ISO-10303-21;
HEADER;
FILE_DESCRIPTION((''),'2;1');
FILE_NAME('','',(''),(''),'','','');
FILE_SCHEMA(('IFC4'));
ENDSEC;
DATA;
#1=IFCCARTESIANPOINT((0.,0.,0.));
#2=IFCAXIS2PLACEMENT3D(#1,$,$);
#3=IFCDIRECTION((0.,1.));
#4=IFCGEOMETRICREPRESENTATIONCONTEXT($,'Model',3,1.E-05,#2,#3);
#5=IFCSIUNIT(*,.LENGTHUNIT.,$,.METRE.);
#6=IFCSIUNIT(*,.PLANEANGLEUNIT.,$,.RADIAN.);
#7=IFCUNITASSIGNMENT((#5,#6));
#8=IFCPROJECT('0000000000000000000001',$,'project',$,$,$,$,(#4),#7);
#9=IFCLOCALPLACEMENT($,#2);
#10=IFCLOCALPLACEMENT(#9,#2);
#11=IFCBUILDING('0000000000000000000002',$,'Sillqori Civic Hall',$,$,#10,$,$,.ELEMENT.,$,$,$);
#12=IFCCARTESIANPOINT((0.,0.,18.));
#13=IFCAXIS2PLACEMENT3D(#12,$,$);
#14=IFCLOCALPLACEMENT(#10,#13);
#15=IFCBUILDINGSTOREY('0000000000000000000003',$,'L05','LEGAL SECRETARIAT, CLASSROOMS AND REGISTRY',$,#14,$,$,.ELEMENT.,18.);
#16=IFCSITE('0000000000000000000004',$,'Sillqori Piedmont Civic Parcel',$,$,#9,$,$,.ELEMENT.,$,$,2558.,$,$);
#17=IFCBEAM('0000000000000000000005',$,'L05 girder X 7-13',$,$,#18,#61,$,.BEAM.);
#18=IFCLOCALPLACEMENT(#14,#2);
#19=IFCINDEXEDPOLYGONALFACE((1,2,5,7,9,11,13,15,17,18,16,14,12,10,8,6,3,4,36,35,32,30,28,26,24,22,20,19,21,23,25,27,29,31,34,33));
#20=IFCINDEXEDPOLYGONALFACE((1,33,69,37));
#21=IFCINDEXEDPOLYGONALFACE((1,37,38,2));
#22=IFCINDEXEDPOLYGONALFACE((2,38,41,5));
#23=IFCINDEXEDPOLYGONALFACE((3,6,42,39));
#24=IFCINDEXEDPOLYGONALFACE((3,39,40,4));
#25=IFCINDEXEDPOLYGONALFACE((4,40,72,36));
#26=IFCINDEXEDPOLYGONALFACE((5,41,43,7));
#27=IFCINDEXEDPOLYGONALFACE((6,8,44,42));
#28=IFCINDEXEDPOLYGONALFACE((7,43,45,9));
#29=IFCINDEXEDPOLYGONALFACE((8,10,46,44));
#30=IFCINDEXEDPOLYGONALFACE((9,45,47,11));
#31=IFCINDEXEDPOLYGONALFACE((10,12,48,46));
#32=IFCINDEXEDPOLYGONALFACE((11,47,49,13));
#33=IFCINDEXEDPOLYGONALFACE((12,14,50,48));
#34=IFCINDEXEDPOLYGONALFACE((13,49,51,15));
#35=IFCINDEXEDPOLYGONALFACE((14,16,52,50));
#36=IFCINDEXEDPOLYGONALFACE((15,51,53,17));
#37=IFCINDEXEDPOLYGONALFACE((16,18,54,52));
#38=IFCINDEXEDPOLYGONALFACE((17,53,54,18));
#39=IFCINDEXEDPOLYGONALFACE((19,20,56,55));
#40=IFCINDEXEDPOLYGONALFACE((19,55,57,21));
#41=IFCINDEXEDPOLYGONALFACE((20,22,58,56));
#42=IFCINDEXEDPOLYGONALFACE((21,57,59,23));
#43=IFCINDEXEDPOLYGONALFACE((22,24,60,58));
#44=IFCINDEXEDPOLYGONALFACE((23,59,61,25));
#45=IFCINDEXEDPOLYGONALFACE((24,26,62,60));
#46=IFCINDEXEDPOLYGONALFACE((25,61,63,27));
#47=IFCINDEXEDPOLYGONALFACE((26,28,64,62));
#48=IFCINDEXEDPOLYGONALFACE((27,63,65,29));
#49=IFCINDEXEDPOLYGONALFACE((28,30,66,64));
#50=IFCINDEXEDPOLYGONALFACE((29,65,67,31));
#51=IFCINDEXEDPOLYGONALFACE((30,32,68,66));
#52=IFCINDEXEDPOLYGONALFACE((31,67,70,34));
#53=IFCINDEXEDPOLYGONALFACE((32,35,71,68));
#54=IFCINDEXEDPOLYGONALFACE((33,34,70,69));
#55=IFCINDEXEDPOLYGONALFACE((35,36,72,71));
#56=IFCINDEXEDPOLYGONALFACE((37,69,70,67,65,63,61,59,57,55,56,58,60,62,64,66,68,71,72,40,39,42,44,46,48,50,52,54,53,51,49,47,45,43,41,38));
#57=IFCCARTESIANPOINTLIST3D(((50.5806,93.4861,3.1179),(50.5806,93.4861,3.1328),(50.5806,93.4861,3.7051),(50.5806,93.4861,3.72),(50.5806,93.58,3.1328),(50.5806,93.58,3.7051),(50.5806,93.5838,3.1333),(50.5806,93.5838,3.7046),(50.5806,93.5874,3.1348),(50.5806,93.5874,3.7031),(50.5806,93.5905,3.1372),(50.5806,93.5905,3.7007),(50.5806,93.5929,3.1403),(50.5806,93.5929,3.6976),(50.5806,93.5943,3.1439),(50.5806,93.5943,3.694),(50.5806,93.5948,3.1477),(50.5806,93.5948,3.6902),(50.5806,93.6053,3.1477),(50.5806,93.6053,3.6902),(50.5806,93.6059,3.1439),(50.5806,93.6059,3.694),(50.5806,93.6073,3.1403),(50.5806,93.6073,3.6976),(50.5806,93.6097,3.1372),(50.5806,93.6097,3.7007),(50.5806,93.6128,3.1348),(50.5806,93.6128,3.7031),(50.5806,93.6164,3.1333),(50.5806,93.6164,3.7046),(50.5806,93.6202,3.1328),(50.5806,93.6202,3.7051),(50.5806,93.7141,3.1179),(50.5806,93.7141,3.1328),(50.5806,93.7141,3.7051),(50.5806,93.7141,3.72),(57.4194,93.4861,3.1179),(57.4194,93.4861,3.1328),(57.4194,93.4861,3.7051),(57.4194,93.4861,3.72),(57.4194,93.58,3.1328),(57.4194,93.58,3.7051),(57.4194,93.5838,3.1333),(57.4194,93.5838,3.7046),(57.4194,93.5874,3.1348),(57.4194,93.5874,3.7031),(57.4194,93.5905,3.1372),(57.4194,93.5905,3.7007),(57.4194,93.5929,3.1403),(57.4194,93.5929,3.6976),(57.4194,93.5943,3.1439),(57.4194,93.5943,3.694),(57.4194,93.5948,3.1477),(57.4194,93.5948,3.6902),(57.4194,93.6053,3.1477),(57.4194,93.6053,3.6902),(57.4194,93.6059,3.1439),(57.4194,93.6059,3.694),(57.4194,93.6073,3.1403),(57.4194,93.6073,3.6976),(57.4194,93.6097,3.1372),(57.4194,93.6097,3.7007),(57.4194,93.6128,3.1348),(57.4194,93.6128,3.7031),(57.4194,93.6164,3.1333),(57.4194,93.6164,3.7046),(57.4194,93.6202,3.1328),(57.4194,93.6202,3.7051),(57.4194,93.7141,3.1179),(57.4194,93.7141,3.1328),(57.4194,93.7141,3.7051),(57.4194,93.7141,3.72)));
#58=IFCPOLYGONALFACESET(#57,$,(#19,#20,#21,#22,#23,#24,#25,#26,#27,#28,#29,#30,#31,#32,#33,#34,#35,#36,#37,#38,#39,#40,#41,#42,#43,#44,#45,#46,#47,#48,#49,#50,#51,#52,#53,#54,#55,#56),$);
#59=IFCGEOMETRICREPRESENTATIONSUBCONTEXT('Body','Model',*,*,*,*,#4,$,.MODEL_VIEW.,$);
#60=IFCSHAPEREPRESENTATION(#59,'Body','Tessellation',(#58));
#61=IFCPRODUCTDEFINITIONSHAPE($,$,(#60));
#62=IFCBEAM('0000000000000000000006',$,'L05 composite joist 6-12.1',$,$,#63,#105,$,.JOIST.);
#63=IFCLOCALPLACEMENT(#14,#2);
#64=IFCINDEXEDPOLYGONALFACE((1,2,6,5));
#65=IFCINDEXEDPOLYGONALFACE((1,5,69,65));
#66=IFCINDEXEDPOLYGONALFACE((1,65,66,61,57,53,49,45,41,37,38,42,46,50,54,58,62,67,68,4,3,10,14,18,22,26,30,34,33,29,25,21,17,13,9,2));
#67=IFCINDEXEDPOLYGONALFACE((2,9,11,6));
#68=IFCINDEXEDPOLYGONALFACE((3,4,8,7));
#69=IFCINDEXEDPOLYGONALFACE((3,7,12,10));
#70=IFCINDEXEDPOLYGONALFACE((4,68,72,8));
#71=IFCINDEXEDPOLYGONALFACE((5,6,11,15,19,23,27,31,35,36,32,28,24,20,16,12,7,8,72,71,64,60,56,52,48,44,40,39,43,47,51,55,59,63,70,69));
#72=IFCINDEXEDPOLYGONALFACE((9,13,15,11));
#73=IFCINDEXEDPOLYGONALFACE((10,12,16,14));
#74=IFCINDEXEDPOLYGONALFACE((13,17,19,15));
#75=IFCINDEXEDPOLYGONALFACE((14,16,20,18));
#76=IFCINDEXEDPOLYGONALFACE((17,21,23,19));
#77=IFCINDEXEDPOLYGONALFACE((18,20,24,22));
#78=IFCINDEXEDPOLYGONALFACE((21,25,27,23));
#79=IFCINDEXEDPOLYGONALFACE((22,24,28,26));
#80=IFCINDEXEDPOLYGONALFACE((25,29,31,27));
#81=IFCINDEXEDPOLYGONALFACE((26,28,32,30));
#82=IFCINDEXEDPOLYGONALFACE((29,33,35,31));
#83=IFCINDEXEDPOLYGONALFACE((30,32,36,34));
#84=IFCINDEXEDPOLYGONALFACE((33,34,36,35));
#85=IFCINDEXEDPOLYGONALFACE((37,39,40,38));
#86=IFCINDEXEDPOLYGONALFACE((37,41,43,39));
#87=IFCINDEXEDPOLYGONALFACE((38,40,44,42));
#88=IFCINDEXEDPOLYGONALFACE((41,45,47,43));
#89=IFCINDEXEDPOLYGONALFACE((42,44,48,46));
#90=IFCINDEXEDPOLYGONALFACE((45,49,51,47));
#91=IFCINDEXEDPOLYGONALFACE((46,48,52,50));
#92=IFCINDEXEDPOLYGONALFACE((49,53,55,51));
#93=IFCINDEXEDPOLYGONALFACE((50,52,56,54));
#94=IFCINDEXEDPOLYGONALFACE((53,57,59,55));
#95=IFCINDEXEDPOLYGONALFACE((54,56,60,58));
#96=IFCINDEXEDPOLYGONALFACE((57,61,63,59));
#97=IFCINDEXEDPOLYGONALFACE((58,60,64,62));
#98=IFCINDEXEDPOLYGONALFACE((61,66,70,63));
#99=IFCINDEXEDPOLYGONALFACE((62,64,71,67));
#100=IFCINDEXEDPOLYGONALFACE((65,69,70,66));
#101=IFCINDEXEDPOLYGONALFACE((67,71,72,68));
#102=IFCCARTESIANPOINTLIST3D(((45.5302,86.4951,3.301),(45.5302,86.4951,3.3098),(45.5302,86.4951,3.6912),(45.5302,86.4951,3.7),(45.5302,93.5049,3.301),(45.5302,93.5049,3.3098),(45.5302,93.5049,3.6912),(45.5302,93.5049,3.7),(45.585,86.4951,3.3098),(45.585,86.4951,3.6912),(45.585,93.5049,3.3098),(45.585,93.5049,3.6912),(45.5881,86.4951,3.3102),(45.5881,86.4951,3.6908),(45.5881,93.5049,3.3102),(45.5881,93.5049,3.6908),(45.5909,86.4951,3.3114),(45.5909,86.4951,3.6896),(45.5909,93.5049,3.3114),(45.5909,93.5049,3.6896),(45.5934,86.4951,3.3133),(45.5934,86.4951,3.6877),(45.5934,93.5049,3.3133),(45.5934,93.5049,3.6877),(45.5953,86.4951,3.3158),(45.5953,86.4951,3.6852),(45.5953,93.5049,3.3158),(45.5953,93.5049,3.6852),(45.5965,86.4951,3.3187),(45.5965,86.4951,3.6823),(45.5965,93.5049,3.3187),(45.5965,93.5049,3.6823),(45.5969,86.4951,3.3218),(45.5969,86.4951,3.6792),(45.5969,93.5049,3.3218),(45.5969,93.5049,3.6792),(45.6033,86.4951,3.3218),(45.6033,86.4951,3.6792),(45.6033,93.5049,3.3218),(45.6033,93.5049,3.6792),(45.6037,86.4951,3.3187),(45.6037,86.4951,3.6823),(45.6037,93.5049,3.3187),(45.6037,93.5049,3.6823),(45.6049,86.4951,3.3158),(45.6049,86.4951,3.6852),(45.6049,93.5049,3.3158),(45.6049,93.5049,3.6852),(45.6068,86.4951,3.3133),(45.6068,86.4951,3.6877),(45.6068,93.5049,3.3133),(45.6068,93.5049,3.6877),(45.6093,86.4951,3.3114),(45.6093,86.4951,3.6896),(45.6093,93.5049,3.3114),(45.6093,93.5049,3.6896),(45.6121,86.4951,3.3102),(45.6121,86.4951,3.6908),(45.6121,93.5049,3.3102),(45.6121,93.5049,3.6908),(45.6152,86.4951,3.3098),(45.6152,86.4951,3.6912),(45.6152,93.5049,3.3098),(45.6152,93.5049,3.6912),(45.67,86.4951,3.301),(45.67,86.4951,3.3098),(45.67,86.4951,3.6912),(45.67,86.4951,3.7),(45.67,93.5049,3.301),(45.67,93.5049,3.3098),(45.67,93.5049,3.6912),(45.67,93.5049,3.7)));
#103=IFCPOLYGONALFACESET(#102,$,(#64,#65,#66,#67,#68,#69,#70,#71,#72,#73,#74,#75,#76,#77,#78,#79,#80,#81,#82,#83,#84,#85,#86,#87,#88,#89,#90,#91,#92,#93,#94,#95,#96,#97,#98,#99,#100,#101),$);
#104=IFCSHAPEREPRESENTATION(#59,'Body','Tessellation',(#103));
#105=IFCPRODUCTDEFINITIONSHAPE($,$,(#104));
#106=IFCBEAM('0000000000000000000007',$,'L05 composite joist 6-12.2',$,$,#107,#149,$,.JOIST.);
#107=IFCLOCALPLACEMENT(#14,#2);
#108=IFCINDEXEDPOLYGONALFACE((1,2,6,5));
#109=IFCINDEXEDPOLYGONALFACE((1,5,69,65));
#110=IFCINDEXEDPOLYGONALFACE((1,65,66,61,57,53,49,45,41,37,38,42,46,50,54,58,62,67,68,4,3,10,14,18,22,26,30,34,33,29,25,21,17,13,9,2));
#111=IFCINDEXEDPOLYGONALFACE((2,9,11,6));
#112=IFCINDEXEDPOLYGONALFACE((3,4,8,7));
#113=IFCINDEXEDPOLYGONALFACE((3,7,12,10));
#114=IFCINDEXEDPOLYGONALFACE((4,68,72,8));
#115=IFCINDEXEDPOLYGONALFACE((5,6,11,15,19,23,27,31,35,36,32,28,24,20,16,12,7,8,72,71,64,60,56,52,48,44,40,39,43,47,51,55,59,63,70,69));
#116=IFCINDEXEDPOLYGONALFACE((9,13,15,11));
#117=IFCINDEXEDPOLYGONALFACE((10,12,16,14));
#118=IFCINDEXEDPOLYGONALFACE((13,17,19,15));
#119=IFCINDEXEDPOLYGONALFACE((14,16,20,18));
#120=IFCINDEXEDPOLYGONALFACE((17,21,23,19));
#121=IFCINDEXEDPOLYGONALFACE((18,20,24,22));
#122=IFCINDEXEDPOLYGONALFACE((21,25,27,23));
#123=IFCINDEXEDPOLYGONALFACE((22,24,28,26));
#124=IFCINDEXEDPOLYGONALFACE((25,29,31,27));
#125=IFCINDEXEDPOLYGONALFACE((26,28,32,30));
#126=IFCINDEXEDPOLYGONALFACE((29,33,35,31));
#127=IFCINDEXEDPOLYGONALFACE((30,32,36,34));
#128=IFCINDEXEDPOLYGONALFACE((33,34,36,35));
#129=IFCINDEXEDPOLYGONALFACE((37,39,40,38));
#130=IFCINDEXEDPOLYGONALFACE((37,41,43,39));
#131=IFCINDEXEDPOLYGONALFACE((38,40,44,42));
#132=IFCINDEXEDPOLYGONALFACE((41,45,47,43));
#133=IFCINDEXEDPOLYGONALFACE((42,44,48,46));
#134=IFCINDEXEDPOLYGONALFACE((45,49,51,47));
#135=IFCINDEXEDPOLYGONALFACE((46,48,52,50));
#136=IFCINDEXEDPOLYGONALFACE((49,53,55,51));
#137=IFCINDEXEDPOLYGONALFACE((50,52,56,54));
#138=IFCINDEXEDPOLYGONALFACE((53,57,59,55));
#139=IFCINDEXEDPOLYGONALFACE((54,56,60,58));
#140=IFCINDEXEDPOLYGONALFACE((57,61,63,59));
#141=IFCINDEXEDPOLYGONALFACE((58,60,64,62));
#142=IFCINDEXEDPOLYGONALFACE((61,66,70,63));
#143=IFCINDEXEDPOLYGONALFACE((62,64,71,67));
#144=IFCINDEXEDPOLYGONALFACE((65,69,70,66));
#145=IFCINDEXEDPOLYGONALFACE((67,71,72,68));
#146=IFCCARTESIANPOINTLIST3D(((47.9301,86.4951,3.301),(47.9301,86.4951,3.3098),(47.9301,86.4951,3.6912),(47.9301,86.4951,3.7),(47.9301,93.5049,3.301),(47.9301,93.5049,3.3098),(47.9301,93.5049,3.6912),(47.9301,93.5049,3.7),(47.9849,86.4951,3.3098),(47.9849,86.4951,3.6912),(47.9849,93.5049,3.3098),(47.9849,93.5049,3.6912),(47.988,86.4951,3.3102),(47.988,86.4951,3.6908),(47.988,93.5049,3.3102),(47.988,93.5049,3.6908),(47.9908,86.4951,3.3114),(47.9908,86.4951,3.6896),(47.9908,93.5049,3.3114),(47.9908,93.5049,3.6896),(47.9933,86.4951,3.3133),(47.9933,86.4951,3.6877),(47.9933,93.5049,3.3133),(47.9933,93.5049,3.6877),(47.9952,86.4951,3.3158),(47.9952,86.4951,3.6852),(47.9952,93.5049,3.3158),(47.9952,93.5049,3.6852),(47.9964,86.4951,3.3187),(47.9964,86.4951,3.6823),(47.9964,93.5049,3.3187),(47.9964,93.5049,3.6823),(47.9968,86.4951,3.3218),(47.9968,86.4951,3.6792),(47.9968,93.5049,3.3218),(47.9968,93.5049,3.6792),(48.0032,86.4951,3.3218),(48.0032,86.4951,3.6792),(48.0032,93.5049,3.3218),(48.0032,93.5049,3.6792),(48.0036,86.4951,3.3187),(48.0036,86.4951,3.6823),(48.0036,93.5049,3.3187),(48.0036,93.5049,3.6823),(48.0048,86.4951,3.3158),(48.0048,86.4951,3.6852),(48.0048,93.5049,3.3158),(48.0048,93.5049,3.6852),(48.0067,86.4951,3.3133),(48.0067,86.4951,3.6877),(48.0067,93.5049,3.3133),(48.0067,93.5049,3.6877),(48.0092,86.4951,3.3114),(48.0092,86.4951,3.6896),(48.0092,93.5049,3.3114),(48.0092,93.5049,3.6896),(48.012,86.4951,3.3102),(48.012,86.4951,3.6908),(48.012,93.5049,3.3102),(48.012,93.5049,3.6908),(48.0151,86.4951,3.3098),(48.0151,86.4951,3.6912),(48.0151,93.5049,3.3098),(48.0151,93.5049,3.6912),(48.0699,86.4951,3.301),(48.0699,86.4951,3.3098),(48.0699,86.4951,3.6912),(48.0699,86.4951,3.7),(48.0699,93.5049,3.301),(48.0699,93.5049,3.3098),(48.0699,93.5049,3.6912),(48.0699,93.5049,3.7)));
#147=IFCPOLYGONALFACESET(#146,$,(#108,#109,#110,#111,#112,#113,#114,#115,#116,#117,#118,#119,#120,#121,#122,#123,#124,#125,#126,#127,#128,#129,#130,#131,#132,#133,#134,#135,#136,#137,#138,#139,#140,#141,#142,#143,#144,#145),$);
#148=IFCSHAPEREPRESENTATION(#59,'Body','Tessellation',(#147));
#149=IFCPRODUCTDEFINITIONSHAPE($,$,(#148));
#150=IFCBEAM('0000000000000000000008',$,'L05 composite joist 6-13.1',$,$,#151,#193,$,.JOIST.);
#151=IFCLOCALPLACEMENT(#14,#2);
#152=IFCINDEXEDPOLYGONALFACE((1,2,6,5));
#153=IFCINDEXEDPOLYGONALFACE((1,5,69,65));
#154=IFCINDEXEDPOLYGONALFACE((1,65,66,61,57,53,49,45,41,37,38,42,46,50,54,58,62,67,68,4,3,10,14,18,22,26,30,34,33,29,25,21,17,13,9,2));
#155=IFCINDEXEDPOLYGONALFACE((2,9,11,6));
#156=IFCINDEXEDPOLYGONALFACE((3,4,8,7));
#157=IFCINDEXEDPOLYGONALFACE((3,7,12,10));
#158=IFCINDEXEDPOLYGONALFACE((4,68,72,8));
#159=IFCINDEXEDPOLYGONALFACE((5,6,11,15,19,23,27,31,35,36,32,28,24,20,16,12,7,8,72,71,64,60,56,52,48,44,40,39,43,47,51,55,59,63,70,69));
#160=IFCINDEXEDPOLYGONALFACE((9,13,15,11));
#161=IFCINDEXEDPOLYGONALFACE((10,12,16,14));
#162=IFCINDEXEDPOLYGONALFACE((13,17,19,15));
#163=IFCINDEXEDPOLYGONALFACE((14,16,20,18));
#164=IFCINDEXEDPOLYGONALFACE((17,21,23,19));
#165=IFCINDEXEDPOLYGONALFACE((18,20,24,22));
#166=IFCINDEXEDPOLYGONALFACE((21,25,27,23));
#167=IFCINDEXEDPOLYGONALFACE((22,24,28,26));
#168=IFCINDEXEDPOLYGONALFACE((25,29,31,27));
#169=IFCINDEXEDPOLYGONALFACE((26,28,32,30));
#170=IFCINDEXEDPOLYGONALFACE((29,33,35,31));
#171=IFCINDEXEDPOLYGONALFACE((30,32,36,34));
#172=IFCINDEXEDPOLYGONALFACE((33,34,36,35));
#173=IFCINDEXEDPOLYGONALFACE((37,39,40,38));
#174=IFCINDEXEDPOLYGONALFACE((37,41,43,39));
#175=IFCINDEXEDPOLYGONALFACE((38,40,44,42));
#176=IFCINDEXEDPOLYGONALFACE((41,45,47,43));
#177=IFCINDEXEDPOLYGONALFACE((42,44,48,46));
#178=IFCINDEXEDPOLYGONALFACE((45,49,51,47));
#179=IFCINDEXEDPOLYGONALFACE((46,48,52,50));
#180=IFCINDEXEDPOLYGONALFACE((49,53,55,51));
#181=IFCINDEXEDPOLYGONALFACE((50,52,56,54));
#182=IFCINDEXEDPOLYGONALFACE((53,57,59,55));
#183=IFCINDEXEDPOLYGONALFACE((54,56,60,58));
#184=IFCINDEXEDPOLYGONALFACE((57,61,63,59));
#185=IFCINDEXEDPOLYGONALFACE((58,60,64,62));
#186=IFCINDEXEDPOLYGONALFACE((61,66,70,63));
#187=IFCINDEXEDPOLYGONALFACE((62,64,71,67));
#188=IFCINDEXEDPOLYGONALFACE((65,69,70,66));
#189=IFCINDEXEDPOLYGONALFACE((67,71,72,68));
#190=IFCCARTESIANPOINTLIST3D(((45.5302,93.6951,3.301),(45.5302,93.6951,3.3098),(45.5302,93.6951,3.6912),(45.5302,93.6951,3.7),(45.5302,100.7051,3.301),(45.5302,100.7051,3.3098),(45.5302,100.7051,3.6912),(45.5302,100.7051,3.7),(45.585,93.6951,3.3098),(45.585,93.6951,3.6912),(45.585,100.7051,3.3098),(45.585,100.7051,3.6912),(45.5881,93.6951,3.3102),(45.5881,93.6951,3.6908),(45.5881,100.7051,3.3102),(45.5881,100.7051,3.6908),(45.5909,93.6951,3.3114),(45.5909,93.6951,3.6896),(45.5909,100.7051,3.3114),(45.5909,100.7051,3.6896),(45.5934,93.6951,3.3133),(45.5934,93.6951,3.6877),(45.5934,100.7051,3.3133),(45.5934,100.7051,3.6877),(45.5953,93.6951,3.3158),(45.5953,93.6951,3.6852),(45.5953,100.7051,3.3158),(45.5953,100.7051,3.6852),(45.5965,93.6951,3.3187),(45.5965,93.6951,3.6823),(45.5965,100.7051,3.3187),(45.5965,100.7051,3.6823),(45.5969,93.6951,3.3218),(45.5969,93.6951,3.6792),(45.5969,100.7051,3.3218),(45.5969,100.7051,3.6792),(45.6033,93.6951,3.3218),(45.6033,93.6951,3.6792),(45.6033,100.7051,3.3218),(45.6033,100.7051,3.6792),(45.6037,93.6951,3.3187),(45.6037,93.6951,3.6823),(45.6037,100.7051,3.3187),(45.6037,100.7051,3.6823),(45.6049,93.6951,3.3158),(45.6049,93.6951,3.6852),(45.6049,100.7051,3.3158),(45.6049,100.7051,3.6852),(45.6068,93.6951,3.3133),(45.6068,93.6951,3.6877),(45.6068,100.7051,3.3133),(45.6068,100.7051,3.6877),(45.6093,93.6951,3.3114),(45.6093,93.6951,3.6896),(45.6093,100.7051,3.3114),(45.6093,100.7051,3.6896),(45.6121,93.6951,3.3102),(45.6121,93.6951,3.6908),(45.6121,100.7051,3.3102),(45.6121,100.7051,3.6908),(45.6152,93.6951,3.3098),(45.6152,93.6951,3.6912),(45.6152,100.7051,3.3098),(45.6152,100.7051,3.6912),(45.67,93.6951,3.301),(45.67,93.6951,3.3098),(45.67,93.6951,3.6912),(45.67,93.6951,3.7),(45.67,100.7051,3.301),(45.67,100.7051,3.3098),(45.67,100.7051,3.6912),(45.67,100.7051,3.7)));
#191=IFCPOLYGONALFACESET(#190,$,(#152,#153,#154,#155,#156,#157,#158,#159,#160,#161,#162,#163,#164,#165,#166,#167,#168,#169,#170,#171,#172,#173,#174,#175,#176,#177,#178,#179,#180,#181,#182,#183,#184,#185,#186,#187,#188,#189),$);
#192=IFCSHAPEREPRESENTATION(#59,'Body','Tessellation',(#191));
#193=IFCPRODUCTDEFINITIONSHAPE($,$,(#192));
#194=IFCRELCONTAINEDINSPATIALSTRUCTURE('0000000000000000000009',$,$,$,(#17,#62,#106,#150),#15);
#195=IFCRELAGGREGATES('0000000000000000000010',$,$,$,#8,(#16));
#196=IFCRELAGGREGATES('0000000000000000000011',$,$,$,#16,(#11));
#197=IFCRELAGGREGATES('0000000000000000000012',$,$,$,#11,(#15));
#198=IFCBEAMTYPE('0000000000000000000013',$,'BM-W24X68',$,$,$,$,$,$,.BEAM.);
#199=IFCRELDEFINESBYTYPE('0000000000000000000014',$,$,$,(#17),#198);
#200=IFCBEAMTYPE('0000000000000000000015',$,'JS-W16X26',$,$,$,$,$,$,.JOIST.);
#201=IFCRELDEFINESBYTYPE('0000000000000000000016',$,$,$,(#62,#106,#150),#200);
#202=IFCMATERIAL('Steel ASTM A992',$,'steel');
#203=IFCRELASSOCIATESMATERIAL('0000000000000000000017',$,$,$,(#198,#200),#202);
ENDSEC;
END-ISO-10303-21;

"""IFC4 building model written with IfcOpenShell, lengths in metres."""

from ifc_helpers import new_model, si_unit, direction, frame, origin, origin_2d, place, context, subcontext, project, spatial, i_section, extrude, material, material_profile, profile_set, type_object, element, save


model = new_model("IFC4")

# Units and contexts
model_context = context("Model", 3, precision=1e-05, world=origin(), true_north=direction((0.0, 1.0)))
body_context = subcontext(model_context, "Body", "Model", "MODEL_VIEW")
ifc_project = project(units=[si_unit("LENGTHUNIT", "METRE"), si_unit("PLANEANGLEUNIT", "RADIAN")], contexts=[model_context])

# Site, building, storey
site_placement = place(None, origin())
site = spatial("IfcSite", under=ifc_project, at=site_placement, Name="Sillqori Piedmont Civic Parcel", CompositionType="ELEMENT", RefElevation=2558.0)
building_placement = place(site_placement, origin())
building = spatial("IfcBuilding", under=site, at=building_placement, Name="Sillqori Civic Hall", CompositionType="ELEMENT")
storey_placement = place(building_placement, frame((0.0, 0.0, 18.0)))
storey = spatial("IfcBuildingStorey", under=building, at=storey_placement, Name="L05", Description="LEGAL SECRETARIAT, CLASSROOMS AND REGISTRY", CompositionType="ELEMENT", Elevation=18.0)

# Shared definitions
ifc_material_1 = material(Name="Steel ASTM A992", Category="steel")

# Beams
ifc_material_profile_1 = material_profile(ifc_material_1, i_section(OverallWidth=0.228, OverallDepth=0.6021, WebThickness=0.0105, FlangeThickness=0.0149, FilletRadius=0.0149, at=origin_2d()), Name="W24X68")
ifc_profile_set_1 = profile_set([ifc_material_profile_1], Name="Steel ASTM A992")
beam_type_1 = type_object("IfcBeamType", Name="BM-W24X68", PredefinedType="BEAM", material=ifc_profile_set_1)
beam_1_placement = place(storey_placement, frame((50.5806, 93.6001, 3.4189), z_axis=(1.0, 0.0, 0.0), x_axis=(0.0, 1.0, 0.0)))
element("IfcBeam", 1, at=beam_1_placement, inside=storey, type_object=beam_type_1, Name="L05 girder X 7-13", PredefinedType="BEAM", context=body_context, shape_type="SweptSolid", body=[
    extrude(i_section(OverallWidth=0.228, OverallDepth=0.6021, WebThickness=0.0105, FlangeThickness=0.0149, FilletRadius=0.0149, at=origin_2d()), origin(), (0.0, 0.0, 1.0), 6.8389),
])
ifc_material_profile_2 = material_profile(ifc_material_1, i_section(OverallWidth=0.1399, OverallDepth=0.3989, WebThickness=0.0063, FlangeThickness=0.0088, FilletRadius=0.012, at=origin_2d()), Name="W16X26")
ifc_profile_set_2 = profile_set([ifc_material_profile_2], Name="Steel ASTM A992")
beam_type_2 = type_object("IfcBeamType", Name="JS-W16X26", PredefinedType="JOIST", material=ifc_profile_set_2)
for number, where, z_axis, x_axis, name in (
    (2, (45.6001, 86.4951, 3.5005), (0.0, 1.0, 0.0), (-1.0, 0.0, 0.0), "L05 composite joist 6-12.1"),
    (3, (48.0, 86.4951, 3.5005), (0.0, 1.0, 0.0), (-1.0, 0.0, 0.0), "L05 composite joist 6-12.2"),
):
    element("IfcBeam", number, at=place(storey_placement, frame(where, z_axis=z_axis, x_axis=x_axis)), inside=storey, type_object=beam_type_2, Name=name, PredefinedType="JOIST", context=body_context, shape_type="SweptSolid", body=[
        extrude(i_section(OverallWidth=0.1399, OverallDepth=0.3989, WebThickness=0.0063, FlangeThickness=0.0088, FilletRadius=0.012, at=origin_2d()), origin(), (0.0, 0.0, 1.0), 7.0098),
    ])
for number, where, z_axis, x_axis, name in (
    (4, (45.6001, 93.6951, 3.5005), (0.0, 1.0, 0.0), (-1.0, 0.0, 0.0), "L05 composite joist 6-13.1"),
):
    element("IfcBeam", number, at=place(storey_placement, frame(where, z_axis=z_axis, x_axis=x_axis)), inside=storey, type_object=beam_type_2, Name=name, PredefinedType="JOIST", context=body_context, shape_type="SweptSolid", body=[
        extrude(i_section(OverallWidth=0.1399, OverallDepth=0.3989, WebThickness=0.0063, FlangeThickness=0.0088, FilletRadius=0.012, at=origin_2d()), origin(), (0.0, 0.0, 1.0), 7.01),
    ])

save(model, "model.ifc")
